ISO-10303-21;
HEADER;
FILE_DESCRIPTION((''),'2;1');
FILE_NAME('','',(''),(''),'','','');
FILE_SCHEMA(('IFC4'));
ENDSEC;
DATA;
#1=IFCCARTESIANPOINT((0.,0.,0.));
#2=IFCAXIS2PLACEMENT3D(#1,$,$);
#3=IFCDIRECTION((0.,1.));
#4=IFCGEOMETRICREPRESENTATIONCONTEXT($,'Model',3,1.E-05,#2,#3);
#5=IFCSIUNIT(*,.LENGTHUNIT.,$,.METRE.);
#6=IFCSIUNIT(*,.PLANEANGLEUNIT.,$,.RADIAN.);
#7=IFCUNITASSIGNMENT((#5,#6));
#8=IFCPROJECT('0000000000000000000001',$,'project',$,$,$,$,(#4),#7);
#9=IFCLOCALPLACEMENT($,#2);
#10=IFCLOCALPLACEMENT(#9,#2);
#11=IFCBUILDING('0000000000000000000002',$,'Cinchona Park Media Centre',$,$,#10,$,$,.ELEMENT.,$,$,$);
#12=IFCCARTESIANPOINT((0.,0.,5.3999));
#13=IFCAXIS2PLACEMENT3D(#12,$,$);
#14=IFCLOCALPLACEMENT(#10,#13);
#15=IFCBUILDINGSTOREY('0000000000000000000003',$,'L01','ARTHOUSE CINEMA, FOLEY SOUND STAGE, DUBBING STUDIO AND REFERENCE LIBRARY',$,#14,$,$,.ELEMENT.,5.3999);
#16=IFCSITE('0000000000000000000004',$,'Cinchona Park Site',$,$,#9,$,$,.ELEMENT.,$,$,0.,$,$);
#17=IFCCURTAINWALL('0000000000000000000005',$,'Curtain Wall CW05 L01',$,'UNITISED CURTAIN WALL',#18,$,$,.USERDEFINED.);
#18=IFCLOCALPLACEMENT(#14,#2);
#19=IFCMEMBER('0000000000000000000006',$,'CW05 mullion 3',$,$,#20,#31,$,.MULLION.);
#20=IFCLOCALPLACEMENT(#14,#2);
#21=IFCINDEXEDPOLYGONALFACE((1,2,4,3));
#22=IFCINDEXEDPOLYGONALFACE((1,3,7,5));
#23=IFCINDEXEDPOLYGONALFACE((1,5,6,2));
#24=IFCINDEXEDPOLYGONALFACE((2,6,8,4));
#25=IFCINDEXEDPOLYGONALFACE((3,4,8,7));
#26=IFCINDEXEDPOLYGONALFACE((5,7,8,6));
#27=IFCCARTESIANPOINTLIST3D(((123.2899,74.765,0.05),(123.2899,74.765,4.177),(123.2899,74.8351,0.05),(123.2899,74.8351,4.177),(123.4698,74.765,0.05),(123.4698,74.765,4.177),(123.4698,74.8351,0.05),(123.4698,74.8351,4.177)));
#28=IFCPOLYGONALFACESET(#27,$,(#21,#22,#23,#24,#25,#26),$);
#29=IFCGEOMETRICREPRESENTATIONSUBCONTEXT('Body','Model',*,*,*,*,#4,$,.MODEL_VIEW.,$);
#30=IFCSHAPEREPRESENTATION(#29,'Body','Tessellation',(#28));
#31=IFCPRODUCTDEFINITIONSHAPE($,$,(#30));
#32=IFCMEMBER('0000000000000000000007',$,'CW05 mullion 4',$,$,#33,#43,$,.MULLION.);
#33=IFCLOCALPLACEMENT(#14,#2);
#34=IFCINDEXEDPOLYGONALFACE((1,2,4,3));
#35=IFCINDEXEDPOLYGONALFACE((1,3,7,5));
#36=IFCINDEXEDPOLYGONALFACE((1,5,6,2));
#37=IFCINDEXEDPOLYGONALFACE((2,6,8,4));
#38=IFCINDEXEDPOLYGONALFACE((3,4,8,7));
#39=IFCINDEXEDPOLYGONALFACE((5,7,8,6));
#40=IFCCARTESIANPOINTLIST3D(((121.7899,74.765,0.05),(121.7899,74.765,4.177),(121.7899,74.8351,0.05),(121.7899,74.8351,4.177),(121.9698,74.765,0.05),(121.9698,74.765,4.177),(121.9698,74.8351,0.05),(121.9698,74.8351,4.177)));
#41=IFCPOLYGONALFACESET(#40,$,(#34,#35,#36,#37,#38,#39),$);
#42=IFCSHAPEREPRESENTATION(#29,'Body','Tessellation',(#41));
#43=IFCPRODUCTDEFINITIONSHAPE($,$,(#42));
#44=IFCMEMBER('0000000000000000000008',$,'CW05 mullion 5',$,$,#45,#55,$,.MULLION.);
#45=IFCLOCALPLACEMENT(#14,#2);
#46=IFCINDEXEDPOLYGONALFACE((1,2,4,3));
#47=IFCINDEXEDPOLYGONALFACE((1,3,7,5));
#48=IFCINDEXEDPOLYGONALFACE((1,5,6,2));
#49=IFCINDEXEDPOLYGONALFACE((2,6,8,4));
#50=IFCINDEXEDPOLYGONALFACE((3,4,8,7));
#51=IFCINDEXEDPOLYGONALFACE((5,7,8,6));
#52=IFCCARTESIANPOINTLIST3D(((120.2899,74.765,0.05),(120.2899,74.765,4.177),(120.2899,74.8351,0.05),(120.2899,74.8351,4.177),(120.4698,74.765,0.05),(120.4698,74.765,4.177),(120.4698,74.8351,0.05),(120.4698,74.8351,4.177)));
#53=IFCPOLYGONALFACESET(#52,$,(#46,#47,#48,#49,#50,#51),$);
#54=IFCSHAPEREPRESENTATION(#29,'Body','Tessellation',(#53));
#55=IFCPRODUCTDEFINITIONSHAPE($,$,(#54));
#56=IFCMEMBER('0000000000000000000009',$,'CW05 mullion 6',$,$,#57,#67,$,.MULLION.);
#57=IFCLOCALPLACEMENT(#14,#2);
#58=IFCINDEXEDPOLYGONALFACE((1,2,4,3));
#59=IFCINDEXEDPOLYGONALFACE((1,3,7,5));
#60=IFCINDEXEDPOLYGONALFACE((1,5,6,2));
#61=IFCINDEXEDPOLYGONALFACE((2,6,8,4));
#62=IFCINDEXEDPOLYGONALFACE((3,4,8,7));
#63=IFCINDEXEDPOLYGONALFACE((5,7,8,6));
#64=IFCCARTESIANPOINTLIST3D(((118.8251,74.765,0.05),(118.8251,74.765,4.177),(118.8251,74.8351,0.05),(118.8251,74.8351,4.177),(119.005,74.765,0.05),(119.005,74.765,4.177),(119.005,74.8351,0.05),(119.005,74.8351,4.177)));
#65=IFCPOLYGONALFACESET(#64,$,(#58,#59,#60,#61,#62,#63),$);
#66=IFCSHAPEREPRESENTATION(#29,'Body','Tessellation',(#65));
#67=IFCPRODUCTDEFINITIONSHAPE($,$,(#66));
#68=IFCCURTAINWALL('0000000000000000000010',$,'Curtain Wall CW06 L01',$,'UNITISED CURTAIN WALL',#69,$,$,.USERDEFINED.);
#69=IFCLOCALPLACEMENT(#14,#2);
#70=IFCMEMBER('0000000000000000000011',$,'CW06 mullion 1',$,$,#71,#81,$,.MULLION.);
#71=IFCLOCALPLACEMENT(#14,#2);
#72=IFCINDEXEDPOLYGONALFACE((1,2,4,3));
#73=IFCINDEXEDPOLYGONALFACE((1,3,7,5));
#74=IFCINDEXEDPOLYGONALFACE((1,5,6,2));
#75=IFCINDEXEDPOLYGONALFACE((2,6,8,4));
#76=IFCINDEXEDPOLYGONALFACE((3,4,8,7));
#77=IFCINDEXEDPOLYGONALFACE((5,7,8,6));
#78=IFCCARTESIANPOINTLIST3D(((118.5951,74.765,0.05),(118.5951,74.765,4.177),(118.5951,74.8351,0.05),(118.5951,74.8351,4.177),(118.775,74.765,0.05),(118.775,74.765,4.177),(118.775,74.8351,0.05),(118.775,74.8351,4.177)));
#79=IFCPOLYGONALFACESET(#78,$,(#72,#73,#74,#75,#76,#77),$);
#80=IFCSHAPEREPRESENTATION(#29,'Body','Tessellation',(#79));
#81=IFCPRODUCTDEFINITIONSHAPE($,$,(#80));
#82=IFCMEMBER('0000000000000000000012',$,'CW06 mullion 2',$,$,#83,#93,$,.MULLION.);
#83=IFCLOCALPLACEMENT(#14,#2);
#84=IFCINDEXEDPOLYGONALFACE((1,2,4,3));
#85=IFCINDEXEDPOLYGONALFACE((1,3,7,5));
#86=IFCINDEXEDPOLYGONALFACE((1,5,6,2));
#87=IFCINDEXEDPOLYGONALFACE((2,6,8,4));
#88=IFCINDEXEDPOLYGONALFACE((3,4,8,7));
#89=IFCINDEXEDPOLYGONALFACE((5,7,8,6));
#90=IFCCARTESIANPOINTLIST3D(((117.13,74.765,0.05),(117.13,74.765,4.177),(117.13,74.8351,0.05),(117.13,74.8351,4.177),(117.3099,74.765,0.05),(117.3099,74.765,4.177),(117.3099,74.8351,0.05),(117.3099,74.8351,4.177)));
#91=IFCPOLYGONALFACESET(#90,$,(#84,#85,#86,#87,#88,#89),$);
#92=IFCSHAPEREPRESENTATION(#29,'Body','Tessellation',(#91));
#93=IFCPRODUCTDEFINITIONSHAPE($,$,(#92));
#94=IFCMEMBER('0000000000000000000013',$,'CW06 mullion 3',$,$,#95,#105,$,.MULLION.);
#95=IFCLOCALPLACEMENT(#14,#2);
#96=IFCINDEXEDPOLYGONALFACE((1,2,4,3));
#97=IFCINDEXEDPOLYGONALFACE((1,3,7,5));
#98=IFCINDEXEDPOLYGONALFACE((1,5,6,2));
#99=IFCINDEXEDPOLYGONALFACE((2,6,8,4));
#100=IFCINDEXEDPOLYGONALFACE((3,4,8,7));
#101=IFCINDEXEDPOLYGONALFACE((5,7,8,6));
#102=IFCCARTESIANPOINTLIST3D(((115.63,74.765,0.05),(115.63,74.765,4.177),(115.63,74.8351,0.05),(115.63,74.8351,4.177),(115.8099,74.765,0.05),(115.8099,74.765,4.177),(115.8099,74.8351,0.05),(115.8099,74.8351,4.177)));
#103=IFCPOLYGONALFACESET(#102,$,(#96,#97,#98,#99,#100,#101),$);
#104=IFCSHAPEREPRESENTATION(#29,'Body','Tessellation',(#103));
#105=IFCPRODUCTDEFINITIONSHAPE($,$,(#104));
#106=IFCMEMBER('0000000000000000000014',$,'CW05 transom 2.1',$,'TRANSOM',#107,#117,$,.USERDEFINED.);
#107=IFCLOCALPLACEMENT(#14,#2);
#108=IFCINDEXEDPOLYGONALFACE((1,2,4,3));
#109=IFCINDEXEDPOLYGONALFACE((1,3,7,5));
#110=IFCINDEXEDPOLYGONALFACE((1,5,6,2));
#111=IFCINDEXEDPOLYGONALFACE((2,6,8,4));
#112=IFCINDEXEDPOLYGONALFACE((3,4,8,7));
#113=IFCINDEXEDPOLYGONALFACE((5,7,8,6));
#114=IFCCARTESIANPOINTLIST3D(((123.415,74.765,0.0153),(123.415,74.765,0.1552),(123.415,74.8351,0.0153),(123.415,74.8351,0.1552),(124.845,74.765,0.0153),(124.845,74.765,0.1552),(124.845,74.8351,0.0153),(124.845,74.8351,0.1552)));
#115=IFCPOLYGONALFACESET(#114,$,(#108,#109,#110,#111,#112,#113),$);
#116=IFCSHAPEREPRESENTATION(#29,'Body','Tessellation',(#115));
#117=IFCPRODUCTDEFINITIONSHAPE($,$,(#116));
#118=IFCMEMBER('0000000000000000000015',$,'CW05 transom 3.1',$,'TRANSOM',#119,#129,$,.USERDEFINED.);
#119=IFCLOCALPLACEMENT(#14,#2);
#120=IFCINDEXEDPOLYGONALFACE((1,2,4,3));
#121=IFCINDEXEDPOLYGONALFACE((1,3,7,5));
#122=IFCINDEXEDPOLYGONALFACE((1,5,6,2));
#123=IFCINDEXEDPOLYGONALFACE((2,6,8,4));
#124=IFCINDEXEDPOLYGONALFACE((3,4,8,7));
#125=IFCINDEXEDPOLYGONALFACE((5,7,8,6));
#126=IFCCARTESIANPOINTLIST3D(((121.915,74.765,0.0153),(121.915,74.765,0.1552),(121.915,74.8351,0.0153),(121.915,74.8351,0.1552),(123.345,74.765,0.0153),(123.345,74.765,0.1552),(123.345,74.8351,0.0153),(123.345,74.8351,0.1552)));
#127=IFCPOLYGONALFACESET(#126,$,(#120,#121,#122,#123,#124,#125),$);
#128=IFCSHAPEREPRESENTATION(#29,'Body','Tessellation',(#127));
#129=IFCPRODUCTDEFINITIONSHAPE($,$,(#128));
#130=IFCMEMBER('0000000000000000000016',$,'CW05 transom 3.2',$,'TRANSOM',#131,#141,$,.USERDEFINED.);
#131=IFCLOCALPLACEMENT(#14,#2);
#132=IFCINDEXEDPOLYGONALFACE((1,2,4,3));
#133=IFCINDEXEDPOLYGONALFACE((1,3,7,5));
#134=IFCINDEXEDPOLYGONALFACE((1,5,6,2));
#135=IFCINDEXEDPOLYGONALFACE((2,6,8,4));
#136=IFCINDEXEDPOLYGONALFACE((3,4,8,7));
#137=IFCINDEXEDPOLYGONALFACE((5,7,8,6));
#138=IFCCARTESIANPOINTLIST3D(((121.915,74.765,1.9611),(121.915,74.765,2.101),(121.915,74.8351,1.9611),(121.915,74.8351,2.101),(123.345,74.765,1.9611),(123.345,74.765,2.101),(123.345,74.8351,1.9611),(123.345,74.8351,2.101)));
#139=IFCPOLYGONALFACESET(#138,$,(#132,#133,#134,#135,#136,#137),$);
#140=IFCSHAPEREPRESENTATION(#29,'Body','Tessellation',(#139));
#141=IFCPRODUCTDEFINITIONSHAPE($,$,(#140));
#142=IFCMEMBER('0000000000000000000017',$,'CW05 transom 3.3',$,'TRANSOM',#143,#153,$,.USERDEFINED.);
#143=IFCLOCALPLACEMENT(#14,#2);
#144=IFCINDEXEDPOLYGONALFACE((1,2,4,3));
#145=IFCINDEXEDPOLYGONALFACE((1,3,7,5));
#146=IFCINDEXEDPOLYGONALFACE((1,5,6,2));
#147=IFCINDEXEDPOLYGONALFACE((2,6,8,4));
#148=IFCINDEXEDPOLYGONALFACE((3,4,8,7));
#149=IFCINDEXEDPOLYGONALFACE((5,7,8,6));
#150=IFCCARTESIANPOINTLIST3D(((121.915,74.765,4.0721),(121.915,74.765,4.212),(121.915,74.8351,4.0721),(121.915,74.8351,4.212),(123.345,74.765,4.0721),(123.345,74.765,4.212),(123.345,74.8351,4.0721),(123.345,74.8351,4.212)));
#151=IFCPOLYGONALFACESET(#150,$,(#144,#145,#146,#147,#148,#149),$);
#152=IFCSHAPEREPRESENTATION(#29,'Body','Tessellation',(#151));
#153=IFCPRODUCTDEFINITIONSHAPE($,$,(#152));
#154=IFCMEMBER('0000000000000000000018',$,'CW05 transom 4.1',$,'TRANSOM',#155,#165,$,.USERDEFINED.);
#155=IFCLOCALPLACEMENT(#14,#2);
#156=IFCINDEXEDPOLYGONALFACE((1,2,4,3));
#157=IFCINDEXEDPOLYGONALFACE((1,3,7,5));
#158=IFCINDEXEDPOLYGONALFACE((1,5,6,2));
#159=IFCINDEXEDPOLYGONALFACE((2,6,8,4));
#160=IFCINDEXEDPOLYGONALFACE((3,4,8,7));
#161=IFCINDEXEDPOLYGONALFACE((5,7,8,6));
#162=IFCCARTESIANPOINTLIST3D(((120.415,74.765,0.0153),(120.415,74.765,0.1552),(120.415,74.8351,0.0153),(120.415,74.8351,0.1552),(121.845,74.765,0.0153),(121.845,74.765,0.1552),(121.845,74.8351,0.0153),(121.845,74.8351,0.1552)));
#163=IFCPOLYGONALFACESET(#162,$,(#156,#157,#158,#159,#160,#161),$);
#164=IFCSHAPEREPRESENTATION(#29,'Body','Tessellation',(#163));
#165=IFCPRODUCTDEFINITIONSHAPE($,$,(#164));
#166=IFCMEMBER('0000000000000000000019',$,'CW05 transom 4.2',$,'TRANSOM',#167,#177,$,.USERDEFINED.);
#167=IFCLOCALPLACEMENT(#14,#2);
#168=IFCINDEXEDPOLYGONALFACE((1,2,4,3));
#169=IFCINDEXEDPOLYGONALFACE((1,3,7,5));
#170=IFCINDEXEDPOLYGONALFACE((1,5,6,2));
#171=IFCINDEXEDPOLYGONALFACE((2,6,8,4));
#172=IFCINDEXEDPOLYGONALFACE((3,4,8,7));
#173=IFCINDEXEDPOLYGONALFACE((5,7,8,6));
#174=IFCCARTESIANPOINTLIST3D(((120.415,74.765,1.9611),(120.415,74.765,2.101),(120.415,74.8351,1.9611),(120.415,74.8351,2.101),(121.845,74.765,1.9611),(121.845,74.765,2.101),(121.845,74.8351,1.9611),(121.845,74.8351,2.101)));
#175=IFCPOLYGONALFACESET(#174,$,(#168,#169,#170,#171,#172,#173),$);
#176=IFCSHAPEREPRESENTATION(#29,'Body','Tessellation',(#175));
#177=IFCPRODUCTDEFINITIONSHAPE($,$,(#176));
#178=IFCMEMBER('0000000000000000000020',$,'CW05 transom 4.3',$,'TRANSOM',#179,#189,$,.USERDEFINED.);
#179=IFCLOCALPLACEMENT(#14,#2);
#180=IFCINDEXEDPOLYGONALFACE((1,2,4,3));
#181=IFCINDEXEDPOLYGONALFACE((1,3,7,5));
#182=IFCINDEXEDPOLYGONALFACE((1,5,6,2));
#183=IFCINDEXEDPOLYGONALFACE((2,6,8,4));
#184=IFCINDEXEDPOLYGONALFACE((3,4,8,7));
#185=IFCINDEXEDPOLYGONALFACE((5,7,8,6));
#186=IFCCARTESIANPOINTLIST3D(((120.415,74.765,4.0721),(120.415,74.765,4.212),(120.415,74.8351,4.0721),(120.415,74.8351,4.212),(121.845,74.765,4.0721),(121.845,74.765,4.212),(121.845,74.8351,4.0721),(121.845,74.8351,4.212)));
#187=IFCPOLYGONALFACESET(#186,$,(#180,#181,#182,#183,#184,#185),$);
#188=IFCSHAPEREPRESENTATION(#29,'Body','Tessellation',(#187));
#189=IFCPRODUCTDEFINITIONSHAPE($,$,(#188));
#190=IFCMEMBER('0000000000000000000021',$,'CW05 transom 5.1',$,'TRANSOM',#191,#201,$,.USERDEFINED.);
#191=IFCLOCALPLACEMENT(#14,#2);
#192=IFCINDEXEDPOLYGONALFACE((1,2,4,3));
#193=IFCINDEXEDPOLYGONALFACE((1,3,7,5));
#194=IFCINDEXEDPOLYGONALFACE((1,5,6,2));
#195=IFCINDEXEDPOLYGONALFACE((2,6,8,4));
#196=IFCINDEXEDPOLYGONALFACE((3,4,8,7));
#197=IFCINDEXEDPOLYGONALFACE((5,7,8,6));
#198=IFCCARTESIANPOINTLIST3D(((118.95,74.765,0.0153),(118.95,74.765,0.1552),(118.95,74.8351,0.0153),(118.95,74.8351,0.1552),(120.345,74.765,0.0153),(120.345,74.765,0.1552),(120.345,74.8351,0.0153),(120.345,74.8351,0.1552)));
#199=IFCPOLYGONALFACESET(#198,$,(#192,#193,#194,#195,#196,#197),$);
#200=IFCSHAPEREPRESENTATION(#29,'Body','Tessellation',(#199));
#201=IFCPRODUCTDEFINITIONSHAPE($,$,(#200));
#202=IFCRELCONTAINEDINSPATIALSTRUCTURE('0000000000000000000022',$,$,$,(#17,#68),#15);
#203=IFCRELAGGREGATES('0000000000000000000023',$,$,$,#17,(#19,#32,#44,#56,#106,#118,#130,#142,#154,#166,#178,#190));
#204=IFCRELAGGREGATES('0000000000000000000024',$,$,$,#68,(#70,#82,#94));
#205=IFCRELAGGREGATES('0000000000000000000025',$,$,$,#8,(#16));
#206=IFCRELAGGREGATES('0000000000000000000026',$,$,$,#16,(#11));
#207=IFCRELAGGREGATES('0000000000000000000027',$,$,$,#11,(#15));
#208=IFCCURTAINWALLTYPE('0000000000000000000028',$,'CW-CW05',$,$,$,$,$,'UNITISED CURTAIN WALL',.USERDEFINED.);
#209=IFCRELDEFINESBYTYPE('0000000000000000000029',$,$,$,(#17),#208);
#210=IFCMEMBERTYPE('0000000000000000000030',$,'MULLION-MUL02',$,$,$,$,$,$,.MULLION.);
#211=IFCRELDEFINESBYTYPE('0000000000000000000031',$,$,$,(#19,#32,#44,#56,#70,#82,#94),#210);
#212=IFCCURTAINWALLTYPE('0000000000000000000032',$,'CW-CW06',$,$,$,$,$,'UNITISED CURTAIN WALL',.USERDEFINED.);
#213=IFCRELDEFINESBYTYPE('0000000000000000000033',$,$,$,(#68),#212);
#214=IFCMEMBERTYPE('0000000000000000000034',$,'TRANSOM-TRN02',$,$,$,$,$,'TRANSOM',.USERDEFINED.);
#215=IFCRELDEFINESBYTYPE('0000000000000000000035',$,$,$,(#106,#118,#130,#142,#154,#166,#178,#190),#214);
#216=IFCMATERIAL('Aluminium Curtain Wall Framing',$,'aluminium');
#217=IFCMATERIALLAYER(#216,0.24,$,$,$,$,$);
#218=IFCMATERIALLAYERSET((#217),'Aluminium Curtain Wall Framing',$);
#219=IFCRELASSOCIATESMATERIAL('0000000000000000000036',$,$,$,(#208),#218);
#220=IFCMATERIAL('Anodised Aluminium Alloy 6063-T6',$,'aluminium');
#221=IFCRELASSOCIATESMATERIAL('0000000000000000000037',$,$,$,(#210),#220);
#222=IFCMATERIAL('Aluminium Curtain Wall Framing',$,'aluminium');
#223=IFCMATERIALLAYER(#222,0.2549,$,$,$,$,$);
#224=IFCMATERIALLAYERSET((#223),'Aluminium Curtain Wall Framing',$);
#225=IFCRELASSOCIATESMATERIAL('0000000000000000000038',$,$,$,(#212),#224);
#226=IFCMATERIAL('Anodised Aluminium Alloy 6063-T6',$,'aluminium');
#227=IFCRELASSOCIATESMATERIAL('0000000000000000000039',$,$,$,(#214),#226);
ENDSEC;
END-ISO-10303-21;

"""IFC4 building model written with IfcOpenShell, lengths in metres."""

from ifc_helpers import new_model, si_unit, direction, frame, origin, origin_2d, place, context, subcontext, project, spatial, rectangle, extrude, material, layer, layer_set, material_profile, profile_set, type_object, element, aggregate, save


model = new_model("IFC4")

# Units and contexts
model_context = context("Model", 3, precision=1e-05, world=origin(), true_north=direction((0.0, 1.0)))
body_context = subcontext(model_context, "Body", "Model", "MODEL_VIEW")
ifc_project = project(units=[si_unit("LENGTHUNIT", "METRE"), si_unit("PLANEANGLEUNIT", "RADIAN")], contexts=[model_context])

# Site, building, storey
site_placement = place(None, origin())
site = spatial("IfcSite", under=ifc_project, at=site_placement, Name="Cinchona Park Site", CompositionType="ELEMENT", RefElevation=0.0)
building_placement = place(site_placement, origin())
building = spatial("IfcBuilding", under=site, at=building_placement, Name="Cinchona Park Media Centre", CompositionType="ELEMENT")
storey_placement = place(building_placement, frame((0.0, 0.0, 5.3999)))
storey = spatial("IfcBuildingStorey", under=building, at=storey_placement, Name="L01", Description="ARTHOUSE CINEMA, FOLEY SOUND STAGE, DUBBING STUDIO AND REFERENCE LIBRARY", CompositionType="ELEMENT", Elevation=5.3999)

# Curtain walls, members
ifc_material_1 = material(Name="Aluminium Curtain Wall Framing", Category="aluminium")
ifc_layer_1 = layer(ifc_material_1, 0.24)
ifc_layer_set_1 = layer_set([ifc_layer_1], Name="Aluminium Curtain Wall Framing")
curtain_wall_type_1 = type_object("IfcCurtainWallType", Name="CW-CW05", ElementType="UNITISED CURTAIN WALL", PredefinedType="USERDEFINED", material=ifc_layer_set_1)
curtain_wall_1_placement = place(storey_placement, origin())
curtain_wall_1 = element("IfcCurtainWall", 1, at=curtain_wall_1_placement, inside=storey, type_object=curtain_wall_type_1, Name="Curtain Wall CW05 L01", ObjectType="UNITISED CURTAIN WALL", PredefinedType="USERDEFINED")
ifc_material_2 = material(Name="Anodised Aluminium Alloy 6063-T6", Category="aluminium")
ifc_material_profile_1 = material_profile(ifc_material_2, rectangle(XDim=0.0701, YDim=0.1799, at=origin_2d()), Name="MUL-70X180")
ifc_profile_set_1 = profile_set([ifc_material_profile_1], Name="Anodised Aluminium Alloy 6063-T6")
member_type_1 = type_object("IfcMemberType", Name="MULLION-MUL02", PredefinedType="MULLION", material=ifc_profile_set_1)
member_1_placement = place(storey_placement, frame((123.3799, 74.8, 0.05), z_axis=(0.0, 0.0, 1.0), x_axis=(0.0, -1.0, 0.0)))
member_1 = element("IfcMember", 2, at=member_1_placement, type_object=member_type_1, Name="CW05 mullion 3", PredefinedType="MULLION", context=body_context, shape_type="SweptSolid", body=[
    extrude(rectangle(XDim=0.0701, YDim=0.1799, at=origin_2d()), origin(), (0.0, 0.0, 1.0), 4.127),
])
member_2_placement = place(storey_placement, frame((121.8799, 74.8, 0.05), z_axis=(0.0, 0.0, 1.0), x_axis=(0.0, -1.0, 0.0)))
member_2 = element("IfcMember", 3, at=member_2_placement, type_object=member_type_1, Name="CW05 mullion 4", PredefinedType="MULLION", context=body_context, shape_type="SweptSolid", body=[
    extrude(rectangle(XDim=0.0701, YDim=0.1799, at=origin_2d()), origin(), (0.0, 0.0, 1.0), 4.127),
])
member_3_placement = place(storey_placement, frame((120.3799, 74.8, 0.05), z_axis=(0.0, 0.0, 1.0), x_axis=(0.0, -1.0, 0.0)))
member_3 = element("IfcMember", 4, at=member_3_placement, type_object=member_type_1, Name="CW05 mullion 5", PredefinedType="MULLION", context=body_context, shape_type="SweptSolid", body=[
    extrude(rectangle(XDim=0.0701, YDim=0.1799, at=origin_2d()), origin(), (0.0, 0.0, 1.0), 4.127),
])
member_4_placement = place(storey_placement, frame((118.915, 74.8, 0.05), z_axis=(0.0, 0.0, 1.0), x_axis=(0.0, -1.0, 0.0)))
member_4 = element("IfcMember", 5, at=member_4_placement, type_object=member_type_1, Name="CW05 mullion 6", PredefinedType="MULLION", context=body_context, shape_type="SweptSolid", body=[
    extrude(rectangle(XDim=0.0701, YDim=0.1799, at=origin_2d()), origin(), (0.0, 0.0, 1.0), 4.127),
])
ifc_material_3 = material(Name="Aluminium Curtain Wall Framing", Category="aluminium")
ifc_layer_2 = layer(ifc_material_3, 0.2549)
ifc_layer_set_2 = layer_set([ifc_layer_2], Name="Aluminium Curtain Wall Framing")
curtain_wall_type_2 = type_object("IfcCurtainWallType", Name="CW-CW06", ElementType="UNITISED CURTAIN WALL", PredefinedType="USERDEFINED", material=ifc_layer_set_2)
curtain_wall_2_placement = place(storey_placement, origin())
curtain_wall_2 = element("IfcCurtainWall", 6, at=curtain_wall_2_placement, inside=storey, type_object=curtain_wall_type_2, Name="Curtain Wall CW06 L01", ObjectType="UNITISED CURTAIN WALL", PredefinedType="USERDEFINED")
member_5_placement = place(storey_placement, frame((118.6851, 74.8, 0.05), z_axis=(0.0, 0.0, 1.0), x_axis=(0.0, -1.0, 0.0)))
member_5 = element("IfcMember", 7, at=member_5_placement, type_object=member_type_1, Name="CW06 mullion 1", PredefinedType="MULLION", context=body_context, shape_type="SweptSolid", body=[
    extrude(rectangle(XDim=0.0701, YDim=0.1799, at=origin_2d()), origin(), (0.0, 0.0, 1.0), 4.127),
])
member_6_placement = place(storey_placement, frame((117.22, 74.8, 0.05), z_axis=(0.0, 0.0, 1.0), x_axis=(0.0, -1.0, 0.0)))
member_6 = element("IfcMember", 8, at=member_6_placement, type_object=member_type_1, Name="CW06 mullion 2", PredefinedType="MULLION", context=body_context, shape_type="SweptSolid", body=[
    extrude(rectangle(XDim=0.0701, YDim=0.1799, at=origin_2d()), origin(), (0.0, 0.0, 1.0), 4.127),
])
member_7_placement = place(storey_placement, frame((115.72, 74.8, 0.05), z_axis=(0.0, 0.0, 1.0), x_axis=(0.0, -1.0, 0.0)))
member_7 = element("IfcMember", 9, at=member_7_placement, type_object=member_type_1, Name="CW06 mullion 3", PredefinedType="MULLION", context=body_context, shape_type="SweptSolid", body=[
    extrude(rectangle(XDim=0.0701, YDim=0.1799, at=origin_2d()), origin(), (0.0, 0.0, 1.0), 4.127),
])

# Members
ifc_material_4 = material(Name="Anodised Aluminium Alloy 6063-T6", Category="aluminium")
ifc_material_profile_2 = material_profile(ifc_material_4, rectangle(XDim=0.0701, YDim=0.1399, at=origin_2d()), Name="TRN-70X140")
ifc_profile_set_2 = profile_set([ifc_material_profile_2], Name="Anodised Aluminium Alloy 6063-T6")
member_type_2 = type_object("IfcMemberType", Name="TRANSOM-TRN02", ElementType="TRANSOM", PredefinedType="USERDEFINED", material=ifc_profile_set_2)
member_8_placement = place(storey_placement, frame((124.845, 74.8, 0.0852), z_axis=(-1.0, 0.0, 0.0), x_axis=(0.0, -1.0, 0.0)))
member_8 = element("IfcMember", 10, at=member_8_placement, type_object=member_type_2, Name="CW05 transom 2.1", ObjectType="TRANSOM", PredefinedType="USERDEFINED", context=body_context, shape_type="SweptSolid", body=[
    extrude(rectangle(XDim=0.0701, YDim=0.1399, at=origin_2d()), origin(), (0.0, 0.0, 1.0), 1.4299),
])
member_9_placement = place(storey_placement, frame((123.345, 74.8, 0.0852), z_axis=(-1.0, 0.0, 0.0), x_axis=(0.0, -1.0, 0.0)))
member_9 = element("IfcMember", 11, at=member_9_placement, type_object=member_type_2, Name="CW05 transom 3.1", ObjectType="TRANSOM", PredefinedType="USERDEFINED", context=body_context, shape_type="SweptSolid", body=[
    extrude(rectangle(XDim=0.0701, YDim=0.1399, at=origin_2d()), origin(), (0.0, 0.0, 1.0), 1.4299),
])
member_10_placement = place(storey_placement, frame((123.345, 74.8, 2.031), z_axis=(-1.0, 0.0, 0.0), x_axis=(0.0, -1.0, 0.0)))
member_10 = element("IfcMember", 12, at=member_10_placement, type_object=member_type_2, Name="CW05 transom 3.2", ObjectType="TRANSOM", PredefinedType="USERDEFINED", context=body_context, shape_type="SweptSolid", body=[
    extrude(rectangle(XDim=0.0701, YDim=0.1399, at=origin_2d()), origin(), (0.0, 0.0, 1.0), 1.4299),
])
member_11_placement = place(storey_placement, frame((123.345, 74.8, 4.1421), z_axis=(-1.0, 0.0, 0.0), x_axis=(0.0, -1.0, 0.0)))
member_11 = element("IfcMember", 13, at=member_11_placement, type_object=member_type_2, Name="CW05 transom 3.3", ObjectType="TRANSOM", PredefinedType="USERDEFINED", context=body_context, shape_type="SweptSolid", body=[
    extrude(rectangle(XDim=0.0701, YDim=0.1399, at=origin_2d()), origin(), (0.0, 0.0, 1.0), 1.4299),
])
member_12_placement = place(storey_placement, frame((121.845, 74.8, 0.0852), z_axis=(-1.0, 0.0, 0.0), x_axis=(0.0, -1.0, 0.0)))
member_12 = element("IfcMember", 14, at=member_12_placement, type_object=member_type_2, Name="CW05 transom 4.1", ObjectType="TRANSOM", PredefinedType="USERDEFINED", context=body_context, shape_type="SweptSolid", body=[
    extrude(rectangle(XDim=0.0701, YDim=0.1399, at=origin_2d()), origin(), (0.0, 0.0, 1.0), 1.4299),
])
member_13_placement = place(storey_placement, frame((121.845, 74.8, 2.031), z_axis=(-1.0, 0.0, 0.0), x_axis=(0.0, -1.0, 0.0)))
member_13 = element("IfcMember", 15, at=member_13_placement, type_object=member_type_2, Name="CW05 transom 4.2", ObjectType="TRANSOM", PredefinedType="USERDEFINED", context=body_context, shape_type="SweptSolid", body=[
    extrude(rectangle(XDim=0.0701, YDim=0.1399, at=origin_2d()), origin(), (0.0, 0.0, 1.0), 1.4299),
])
member_14_placement = place(storey_placement, frame((121.845, 74.8, 4.1421), z_axis=(-1.0, 0.0, 0.0), x_axis=(0.0, -1.0, 0.0)))
member_14 = element("IfcMember", 16, at=member_14_placement, type_object=member_type_2, Name="CW05 transom 4.3", ObjectType="TRANSOM", PredefinedType="USERDEFINED", context=body_context, shape_type="SweptSolid", body=[
    extrude(rectangle(XDim=0.0701, YDim=0.1399, at=origin_2d()), origin(), (0.0, 0.0, 1.0), 1.4299),
])
member_15_placement = place(storey_placement, frame((120.345, 74.8, 0.0852), z_axis=(-1.0, 0.0, 0.0), x_axis=(0.0, -1.0, 0.0)))
member_15 = element("IfcMember", 17, at=member_15_placement, type_object=member_type_2, Name="CW05 transom 5.1", ObjectType="TRANSOM", PredefinedType="USERDEFINED", context=body_context, shape_type="SweptSolid", body=[
    extrude(rectangle(XDim=0.0701, YDim=0.1399, at=origin_2d()), origin(), (0.0, 0.0, 1.0), 1.395),
])

aggregate(curtain_wall_1, [member_1, member_2, member_3, member_4, member_8, member_9, member_10, member_11, member_12, member_13, member_14, member_15])
aggregate(curtain_wall_2, [member_5, member_6, member_7])

save(model, "model.ifc")
